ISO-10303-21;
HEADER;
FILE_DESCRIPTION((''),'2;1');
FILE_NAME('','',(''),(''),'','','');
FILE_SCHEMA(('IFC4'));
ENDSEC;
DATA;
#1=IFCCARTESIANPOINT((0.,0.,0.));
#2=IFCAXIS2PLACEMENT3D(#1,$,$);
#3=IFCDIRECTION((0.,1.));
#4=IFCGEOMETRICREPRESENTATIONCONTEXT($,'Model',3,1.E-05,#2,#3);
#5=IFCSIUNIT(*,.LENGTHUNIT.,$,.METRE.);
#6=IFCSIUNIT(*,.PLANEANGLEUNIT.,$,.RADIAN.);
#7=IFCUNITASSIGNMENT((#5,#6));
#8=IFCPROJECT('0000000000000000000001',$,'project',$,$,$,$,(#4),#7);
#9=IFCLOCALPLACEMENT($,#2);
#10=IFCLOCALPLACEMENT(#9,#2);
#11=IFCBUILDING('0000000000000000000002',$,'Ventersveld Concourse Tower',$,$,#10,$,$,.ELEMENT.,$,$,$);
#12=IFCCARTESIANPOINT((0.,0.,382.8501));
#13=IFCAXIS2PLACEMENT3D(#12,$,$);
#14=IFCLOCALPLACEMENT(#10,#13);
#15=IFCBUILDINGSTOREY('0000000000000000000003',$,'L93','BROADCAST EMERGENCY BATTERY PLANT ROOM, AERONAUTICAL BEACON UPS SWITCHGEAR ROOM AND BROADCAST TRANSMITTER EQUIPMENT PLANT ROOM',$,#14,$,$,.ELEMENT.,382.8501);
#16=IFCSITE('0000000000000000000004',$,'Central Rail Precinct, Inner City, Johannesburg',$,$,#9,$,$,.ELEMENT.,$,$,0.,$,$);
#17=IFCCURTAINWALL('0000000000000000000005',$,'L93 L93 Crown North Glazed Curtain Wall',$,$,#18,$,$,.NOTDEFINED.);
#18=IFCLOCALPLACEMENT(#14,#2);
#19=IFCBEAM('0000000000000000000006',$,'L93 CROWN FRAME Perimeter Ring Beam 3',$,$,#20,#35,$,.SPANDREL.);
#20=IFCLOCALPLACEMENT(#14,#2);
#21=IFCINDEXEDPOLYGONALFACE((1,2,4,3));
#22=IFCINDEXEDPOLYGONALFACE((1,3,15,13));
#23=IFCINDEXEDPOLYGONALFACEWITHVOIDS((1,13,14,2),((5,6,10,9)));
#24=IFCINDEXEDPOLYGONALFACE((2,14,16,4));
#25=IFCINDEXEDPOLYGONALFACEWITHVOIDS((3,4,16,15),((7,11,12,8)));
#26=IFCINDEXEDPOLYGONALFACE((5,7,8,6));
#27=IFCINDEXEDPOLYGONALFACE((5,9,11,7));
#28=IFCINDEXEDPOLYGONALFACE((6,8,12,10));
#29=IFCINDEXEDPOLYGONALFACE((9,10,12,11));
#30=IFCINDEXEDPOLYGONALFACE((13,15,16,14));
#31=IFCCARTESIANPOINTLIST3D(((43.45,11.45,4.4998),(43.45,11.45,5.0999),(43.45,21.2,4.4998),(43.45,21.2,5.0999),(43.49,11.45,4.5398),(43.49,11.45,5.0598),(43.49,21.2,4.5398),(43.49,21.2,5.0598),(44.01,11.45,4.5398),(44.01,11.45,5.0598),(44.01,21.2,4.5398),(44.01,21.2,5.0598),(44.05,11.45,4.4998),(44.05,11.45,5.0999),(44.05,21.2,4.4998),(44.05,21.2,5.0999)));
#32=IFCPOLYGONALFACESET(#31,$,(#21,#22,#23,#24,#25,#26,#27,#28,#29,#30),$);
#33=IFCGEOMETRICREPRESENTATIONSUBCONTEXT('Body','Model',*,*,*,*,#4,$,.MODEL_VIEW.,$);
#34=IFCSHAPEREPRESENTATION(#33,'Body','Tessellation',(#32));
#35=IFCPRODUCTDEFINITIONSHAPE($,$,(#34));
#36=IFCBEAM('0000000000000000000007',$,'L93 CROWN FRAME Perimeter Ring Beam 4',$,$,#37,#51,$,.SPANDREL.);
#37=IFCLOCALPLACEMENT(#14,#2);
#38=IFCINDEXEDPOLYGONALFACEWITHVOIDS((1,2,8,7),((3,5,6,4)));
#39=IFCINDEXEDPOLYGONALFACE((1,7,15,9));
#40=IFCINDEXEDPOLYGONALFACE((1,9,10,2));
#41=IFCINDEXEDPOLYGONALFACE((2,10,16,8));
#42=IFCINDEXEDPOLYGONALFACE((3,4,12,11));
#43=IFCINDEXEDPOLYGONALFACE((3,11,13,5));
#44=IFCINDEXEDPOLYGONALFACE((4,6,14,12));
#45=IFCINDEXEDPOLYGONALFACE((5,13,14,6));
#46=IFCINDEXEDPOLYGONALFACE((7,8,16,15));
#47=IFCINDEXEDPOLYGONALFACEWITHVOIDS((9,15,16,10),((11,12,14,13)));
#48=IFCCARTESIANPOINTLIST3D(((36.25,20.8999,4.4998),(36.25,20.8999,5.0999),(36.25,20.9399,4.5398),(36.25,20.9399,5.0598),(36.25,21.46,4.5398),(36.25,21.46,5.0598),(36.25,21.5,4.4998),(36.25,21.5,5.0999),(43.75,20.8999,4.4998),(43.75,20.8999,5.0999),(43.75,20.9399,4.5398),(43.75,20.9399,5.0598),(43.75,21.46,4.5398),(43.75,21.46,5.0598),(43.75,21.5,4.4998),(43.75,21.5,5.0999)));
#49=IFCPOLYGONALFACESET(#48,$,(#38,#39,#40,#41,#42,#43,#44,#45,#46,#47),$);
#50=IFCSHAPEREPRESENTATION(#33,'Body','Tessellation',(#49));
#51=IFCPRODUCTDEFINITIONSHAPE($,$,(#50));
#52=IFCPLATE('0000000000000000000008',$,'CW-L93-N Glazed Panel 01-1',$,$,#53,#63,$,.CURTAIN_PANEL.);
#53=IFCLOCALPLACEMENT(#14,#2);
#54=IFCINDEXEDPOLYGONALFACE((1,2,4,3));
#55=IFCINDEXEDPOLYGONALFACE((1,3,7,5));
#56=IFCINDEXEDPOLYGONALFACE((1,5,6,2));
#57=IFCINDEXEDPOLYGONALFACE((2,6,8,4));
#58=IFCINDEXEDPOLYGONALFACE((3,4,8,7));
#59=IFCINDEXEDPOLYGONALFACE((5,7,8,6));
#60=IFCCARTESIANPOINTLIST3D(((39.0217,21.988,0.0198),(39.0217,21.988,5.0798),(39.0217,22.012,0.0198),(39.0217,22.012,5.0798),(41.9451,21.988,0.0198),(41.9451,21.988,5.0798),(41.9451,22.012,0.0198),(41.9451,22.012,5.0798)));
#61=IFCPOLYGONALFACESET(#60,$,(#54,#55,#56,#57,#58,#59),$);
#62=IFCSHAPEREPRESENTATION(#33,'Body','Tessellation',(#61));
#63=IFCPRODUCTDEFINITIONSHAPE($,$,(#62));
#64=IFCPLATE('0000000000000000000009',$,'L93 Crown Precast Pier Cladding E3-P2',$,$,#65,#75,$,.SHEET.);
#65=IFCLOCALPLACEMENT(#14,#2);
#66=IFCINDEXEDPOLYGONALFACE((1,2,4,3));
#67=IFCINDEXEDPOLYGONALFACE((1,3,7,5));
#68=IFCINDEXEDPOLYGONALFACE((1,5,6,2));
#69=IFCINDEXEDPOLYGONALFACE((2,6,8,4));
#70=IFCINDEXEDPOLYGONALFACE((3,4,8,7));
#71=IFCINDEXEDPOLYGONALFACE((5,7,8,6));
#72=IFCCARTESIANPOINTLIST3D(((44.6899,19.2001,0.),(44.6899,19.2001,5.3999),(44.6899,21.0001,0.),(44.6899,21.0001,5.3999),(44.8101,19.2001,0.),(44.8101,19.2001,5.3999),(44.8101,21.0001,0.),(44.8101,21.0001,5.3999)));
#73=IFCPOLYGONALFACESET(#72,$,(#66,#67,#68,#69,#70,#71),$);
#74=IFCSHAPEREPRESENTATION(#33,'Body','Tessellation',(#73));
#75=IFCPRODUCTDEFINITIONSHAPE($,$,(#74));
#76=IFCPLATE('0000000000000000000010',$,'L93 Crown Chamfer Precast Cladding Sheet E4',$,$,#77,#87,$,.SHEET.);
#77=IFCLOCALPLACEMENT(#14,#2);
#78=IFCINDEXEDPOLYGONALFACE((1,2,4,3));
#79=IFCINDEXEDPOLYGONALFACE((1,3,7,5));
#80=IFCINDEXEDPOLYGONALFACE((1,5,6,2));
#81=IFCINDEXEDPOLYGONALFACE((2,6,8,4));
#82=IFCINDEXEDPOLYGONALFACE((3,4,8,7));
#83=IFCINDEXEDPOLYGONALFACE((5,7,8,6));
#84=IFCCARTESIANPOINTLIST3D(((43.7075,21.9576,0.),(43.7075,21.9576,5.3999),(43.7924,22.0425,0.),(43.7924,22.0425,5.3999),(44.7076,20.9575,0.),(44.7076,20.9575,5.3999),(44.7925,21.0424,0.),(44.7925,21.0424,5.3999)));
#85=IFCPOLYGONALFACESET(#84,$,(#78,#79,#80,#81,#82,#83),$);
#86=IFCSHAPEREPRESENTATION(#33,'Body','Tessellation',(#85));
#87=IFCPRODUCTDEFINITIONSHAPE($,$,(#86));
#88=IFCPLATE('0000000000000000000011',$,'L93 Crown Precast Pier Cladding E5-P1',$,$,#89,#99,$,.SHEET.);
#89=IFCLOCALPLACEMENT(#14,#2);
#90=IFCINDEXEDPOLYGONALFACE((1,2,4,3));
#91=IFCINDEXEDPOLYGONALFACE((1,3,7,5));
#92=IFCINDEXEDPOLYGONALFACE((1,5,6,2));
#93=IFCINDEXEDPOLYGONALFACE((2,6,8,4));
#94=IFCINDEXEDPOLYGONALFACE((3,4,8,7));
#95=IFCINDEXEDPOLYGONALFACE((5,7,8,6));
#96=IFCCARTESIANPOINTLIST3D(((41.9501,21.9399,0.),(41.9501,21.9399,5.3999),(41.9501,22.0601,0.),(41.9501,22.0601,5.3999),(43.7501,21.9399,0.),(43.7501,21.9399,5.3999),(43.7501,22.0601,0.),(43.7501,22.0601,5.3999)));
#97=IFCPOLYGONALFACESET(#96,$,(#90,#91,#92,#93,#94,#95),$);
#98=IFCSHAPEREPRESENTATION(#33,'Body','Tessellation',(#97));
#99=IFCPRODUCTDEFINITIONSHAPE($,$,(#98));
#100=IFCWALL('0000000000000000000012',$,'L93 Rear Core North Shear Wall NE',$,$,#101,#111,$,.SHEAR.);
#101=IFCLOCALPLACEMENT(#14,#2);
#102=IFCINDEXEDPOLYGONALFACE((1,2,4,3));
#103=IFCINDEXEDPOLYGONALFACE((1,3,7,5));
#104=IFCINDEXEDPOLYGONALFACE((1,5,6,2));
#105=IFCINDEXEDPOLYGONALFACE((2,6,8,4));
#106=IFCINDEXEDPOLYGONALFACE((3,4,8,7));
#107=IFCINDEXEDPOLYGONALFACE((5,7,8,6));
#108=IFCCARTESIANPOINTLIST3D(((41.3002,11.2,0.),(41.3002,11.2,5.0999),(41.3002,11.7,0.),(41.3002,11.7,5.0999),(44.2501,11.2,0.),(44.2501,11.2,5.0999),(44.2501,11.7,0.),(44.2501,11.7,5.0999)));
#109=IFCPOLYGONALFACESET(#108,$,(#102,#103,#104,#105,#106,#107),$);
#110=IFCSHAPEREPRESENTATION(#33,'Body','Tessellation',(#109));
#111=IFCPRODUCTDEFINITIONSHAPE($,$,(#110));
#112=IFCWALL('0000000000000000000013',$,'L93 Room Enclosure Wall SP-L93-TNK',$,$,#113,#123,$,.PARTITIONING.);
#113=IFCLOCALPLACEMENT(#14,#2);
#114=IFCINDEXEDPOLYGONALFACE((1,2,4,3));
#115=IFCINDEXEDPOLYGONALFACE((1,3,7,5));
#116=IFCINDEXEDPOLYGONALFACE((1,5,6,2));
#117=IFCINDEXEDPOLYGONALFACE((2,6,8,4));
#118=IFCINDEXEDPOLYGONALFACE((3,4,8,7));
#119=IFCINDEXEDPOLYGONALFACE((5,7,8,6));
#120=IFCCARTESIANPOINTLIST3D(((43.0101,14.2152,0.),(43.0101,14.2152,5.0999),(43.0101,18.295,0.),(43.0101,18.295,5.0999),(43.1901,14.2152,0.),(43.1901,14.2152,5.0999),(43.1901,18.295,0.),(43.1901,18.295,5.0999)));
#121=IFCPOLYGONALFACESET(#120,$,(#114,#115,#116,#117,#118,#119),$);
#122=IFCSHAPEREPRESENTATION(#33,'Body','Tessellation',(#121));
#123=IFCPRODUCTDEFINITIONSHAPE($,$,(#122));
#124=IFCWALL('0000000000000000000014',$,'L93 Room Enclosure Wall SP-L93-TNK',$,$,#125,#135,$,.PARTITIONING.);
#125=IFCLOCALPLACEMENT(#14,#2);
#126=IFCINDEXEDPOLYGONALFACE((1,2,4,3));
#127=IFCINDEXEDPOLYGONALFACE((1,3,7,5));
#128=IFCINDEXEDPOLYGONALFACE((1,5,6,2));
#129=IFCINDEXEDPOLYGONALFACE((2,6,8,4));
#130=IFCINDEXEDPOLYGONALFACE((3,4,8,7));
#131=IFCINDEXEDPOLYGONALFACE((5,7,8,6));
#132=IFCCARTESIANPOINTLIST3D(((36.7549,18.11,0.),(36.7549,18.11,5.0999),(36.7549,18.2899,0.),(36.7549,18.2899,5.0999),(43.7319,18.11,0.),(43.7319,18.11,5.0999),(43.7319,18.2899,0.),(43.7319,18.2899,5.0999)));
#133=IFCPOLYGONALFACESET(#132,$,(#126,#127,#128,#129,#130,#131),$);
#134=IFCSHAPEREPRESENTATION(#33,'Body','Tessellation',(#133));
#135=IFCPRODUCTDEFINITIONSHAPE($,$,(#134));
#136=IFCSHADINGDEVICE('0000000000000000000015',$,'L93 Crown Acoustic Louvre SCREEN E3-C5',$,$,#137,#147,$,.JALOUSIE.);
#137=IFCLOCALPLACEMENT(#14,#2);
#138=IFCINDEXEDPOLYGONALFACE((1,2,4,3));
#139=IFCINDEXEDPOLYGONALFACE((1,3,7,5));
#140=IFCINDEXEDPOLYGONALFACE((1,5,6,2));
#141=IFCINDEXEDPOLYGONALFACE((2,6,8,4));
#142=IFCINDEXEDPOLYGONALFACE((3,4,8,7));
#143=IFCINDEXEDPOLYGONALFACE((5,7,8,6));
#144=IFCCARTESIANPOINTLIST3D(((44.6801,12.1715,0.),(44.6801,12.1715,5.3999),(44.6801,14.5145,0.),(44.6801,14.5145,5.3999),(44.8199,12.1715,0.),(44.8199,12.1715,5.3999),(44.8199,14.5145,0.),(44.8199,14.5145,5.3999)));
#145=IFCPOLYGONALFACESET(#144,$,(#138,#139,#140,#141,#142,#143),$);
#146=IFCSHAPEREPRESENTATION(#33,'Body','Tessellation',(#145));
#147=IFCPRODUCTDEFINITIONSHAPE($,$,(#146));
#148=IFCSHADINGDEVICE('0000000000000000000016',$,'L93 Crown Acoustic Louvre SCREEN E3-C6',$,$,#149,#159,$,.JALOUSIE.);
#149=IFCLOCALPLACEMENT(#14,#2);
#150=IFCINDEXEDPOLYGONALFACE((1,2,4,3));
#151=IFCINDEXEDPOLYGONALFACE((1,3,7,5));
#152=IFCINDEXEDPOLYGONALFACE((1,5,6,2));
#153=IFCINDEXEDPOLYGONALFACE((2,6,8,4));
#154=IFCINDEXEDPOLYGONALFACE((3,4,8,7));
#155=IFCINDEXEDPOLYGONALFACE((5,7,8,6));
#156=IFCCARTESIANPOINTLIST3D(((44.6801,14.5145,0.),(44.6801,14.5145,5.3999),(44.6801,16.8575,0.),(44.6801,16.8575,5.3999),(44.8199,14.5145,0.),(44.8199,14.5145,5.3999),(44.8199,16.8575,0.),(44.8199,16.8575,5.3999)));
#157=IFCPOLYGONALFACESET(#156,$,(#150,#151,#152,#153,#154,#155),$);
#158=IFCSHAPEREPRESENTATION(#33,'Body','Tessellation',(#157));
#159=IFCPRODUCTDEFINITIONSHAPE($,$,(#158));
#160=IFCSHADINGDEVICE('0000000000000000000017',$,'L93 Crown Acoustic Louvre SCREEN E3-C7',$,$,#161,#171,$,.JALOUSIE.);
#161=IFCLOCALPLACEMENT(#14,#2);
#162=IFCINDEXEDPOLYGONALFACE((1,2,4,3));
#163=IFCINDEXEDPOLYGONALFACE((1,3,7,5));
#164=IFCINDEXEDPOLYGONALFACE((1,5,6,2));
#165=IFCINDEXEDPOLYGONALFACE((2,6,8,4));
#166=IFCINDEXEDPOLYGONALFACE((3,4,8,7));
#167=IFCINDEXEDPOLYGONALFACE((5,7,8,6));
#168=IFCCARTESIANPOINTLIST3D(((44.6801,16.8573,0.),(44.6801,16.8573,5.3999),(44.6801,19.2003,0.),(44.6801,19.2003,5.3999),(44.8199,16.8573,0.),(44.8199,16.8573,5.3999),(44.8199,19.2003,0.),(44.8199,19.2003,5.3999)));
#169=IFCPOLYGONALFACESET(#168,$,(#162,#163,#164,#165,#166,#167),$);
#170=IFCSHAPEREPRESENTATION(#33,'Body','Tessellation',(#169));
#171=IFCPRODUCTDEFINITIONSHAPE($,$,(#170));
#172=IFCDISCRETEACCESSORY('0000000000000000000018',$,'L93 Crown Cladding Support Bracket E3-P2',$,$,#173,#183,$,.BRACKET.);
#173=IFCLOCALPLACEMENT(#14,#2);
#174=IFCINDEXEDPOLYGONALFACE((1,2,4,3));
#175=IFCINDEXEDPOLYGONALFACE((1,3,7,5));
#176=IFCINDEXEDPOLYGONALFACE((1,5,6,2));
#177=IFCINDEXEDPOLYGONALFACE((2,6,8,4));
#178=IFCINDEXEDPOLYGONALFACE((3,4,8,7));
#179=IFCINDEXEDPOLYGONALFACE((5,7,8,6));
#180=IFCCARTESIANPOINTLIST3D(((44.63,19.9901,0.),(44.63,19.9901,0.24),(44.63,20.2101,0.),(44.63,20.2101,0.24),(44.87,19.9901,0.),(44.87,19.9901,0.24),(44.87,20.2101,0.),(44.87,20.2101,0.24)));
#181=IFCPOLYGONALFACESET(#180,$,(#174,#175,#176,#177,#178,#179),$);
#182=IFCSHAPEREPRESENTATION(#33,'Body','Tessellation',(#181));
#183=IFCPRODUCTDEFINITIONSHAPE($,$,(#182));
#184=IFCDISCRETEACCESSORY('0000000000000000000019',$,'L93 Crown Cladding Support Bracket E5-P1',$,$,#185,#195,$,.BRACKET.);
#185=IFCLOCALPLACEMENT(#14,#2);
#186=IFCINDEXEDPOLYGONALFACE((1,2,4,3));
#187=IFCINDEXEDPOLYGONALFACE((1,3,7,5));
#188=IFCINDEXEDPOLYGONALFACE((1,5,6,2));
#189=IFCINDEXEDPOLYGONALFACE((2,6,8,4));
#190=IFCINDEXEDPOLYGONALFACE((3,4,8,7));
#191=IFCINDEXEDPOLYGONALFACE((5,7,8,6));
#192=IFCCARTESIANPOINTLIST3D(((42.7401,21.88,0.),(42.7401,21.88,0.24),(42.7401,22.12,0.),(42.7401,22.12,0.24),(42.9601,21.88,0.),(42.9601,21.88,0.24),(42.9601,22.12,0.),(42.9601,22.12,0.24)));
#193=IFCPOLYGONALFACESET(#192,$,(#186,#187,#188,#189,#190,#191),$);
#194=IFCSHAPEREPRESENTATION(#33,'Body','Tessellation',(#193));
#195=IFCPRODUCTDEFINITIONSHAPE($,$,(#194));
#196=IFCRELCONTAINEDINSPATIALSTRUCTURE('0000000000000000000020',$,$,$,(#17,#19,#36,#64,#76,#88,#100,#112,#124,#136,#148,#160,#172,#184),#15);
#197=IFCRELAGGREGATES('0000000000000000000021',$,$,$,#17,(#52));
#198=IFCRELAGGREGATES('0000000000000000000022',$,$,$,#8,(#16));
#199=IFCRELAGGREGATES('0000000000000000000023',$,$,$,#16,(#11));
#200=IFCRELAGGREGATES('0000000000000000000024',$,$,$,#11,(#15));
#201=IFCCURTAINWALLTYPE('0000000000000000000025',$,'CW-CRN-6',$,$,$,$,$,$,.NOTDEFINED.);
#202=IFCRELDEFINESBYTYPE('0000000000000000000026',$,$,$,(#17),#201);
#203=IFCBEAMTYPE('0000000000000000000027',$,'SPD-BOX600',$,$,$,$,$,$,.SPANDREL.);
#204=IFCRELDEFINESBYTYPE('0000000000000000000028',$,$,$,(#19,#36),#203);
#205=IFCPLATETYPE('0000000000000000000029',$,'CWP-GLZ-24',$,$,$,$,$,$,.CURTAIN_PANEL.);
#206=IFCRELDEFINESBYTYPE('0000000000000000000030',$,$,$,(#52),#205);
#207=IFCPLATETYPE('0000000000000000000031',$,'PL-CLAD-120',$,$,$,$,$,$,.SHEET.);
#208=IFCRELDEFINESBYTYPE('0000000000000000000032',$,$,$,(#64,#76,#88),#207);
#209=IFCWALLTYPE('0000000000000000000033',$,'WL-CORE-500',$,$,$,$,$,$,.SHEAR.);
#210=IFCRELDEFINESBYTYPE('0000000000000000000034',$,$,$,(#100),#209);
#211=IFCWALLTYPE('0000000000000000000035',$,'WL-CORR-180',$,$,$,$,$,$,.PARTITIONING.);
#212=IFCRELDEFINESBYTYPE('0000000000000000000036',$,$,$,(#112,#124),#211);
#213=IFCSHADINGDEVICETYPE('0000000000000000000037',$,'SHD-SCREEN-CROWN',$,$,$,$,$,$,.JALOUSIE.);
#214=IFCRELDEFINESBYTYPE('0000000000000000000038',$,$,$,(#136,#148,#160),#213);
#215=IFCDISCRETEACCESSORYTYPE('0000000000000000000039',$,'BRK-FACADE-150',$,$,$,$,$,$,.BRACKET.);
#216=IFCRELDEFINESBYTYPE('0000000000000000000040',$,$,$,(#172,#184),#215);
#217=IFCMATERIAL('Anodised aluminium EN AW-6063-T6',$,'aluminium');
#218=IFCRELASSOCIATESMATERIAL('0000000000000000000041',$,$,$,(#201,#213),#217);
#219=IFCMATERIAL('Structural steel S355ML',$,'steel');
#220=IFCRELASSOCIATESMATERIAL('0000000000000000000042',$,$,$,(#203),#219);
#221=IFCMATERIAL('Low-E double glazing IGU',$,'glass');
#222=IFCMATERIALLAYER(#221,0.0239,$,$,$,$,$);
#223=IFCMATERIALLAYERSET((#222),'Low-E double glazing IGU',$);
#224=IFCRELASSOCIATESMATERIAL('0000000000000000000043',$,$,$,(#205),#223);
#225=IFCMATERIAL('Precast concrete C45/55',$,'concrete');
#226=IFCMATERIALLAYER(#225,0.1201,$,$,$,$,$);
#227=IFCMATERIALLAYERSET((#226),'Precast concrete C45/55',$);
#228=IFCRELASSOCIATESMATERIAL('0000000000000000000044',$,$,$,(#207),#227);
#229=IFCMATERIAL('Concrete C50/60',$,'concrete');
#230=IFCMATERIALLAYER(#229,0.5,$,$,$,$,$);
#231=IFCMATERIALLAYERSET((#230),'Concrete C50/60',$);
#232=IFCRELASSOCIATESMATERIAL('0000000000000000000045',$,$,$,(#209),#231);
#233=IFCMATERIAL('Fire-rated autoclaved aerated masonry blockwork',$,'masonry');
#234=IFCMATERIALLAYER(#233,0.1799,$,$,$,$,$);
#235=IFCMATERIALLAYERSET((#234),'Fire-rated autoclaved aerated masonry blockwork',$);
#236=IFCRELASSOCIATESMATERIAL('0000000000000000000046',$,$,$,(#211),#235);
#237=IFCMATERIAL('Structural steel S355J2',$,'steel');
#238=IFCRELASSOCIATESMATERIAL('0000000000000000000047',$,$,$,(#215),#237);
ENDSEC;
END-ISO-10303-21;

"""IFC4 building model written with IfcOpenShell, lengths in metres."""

from ifc_helpers import new_model, si_unit, direction, frame, frame_2d, origin, origin_2d, place, context, subcontext, project, spatial, rectangle, hollow_rectangle, extrude, material, layer, layer_set, material_profile, profile_set, type_object, element, aggregate, save


model = new_model("IFC4")

# Units and contexts
model_context = context("Model", 3, precision=1e-05, world=origin(), true_north=direction((0.0, 1.0)))
body_context = subcontext(model_context, "Body", "Model", "MODEL_VIEW")
ifc_project = project(units=[si_unit("LENGTHUNIT", "METRE"), si_unit("PLANEANGLEUNIT", "RADIAN")], contexts=[model_context])

# Site, building, storey
site_placement = place(None, origin())
site = spatial("IfcSite", under=ifc_project, at=site_placement, Name="Central Rail Precinct, Inner City, Johannesburg", CompositionType="ELEMENT", RefElevation=0.0)
building_placement = place(site_placement, origin())
building = spatial("IfcBuilding", under=site, at=building_placement, Name="Ventersveld Concourse Tower", CompositionType="ELEMENT")
storey_placement = place(building_placement, frame((0.0, 0.0, 382.8501)))
storey = spatial("IfcBuildingStorey", under=building, at=storey_placement, Name="L93", Description="BROADCAST EMERGENCY BATTERY PLANT ROOM, AERONAUTICAL BEACON UPS SWITCHGEAR ROOM AND BROADCAST TRANSMITTER EQUIPMENT PLANT ROOM", CompositionType="ELEMENT", Elevation=382.8501)

# Shared definitions
ifc_material_1 = material(Name="Structural steel S355ML", Category="steel")

# Curtain wall
ifc_material_2 = material(Name="Anodised aluminium EN AW-6063-T6", Category="aluminium")
curtain_wall_type = type_object("IfcCurtainWallType", Name="CW-CRN-6", PredefinedType="NOTDEFINED", material=ifc_material_2)
curtain_wall_placement = place(storey_placement, origin())
curtain_wall = element("IfcCurtainWall", 1, at=curtain_wall_placement, inside=storey, type_object=curtain_wall_type, Name="L93 L93 Crown North Glazed Curtain Wall", PredefinedType="NOTDEFINED")

# Beams
ifc_material_profile_1 = material_profile(ifc_material_1, hollow_rectangle(XDim=0.6001, YDim=0.6001, WallThickness=0.04, at=origin_2d()), Name="BOX 600x600x40")
ifc_profile_set_1 = profile_set([ifc_material_profile_1], Name="Structural steel S355ML")
beam_type = type_object("IfcBeamType", Name="SPD-BOX600", PredefinedType="SPANDREL", material=ifc_profile_set_1)
beam_1_placement = place(storey_placement, frame((43.75, 11.45, 4.7998), z_axis=(0.0, 1.0, 0.0), x_axis=(-1.0, 0.0, 0.0)))
element("IfcBeam", 2, at=beam_1_placement, inside=storey, type_object=beam_type, Name="L93 CROWN FRAME Perimeter Ring Beam 3", PredefinedType="SPANDREL", context=body_context, shape_type="SweptSolid", body=[
    extrude(hollow_rectangle(XDim=0.6001, YDim=0.6001, WallThickness=0.04, at=origin_2d()), origin(), (0.0, 0.0, 1.0), 9.75),
])
beam_2_placement = place(storey_placement, frame((43.75, 21.2, 4.7998), z_axis=(-1.0, 0.0, 0.0), x_axis=(0.0, -1.0, 0.0)))
element("IfcBeam", 3, at=beam_2_placement, inside=storey, type_object=beam_type, Name="L93 CROWN FRAME Perimeter Ring Beam 4", PredefinedType="SPANDREL", context=body_context, shape_type="SweptSolid", body=[
    extrude(hollow_rectangle(XDim=0.6001, YDim=0.6001, WallThickness=0.04, at=origin_2d()), origin(), (0.0, 0.0, 1.0), 7.5),
])

# Plate
ifc_material_3 = material(Name="Low-E double glazing IGU", Category="glass")
ifc_layer_1 = layer(ifc_material_3, 0.0239)
ifc_layer_set_1 = layer_set([ifc_layer_1], Name="Low-E double glazing IGU")
plate_type_1 = type_object("IfcPlateType", Name="CWP-GLZ-24", PredefinedType="CURTAIN_PANEL", material=ifc_layer_set_1)
plate_1_placement = place(storey_placement, frame((40.4834, 22.0, 0.0198), z_axis=(0.0, 0.0, 1.0), x_axis=(-1.0, 0.0, 0.0)))
plate_1 = element("IfcPlate", 4, at=plate_1_placement, type_object=plate_type_1, Name="CW-L93-N Glazed Panel 01-1", PredefinedType="CURTAIN_PANEL", context=body_context, shape_type="SweptSolid", body=[
    extrude(rectangle(XDim=2.9233, YDim=0.0239, at=origin_2d()), origin(), (0.0, 0.0, 1.0), 5.0601),
])
aggregate(curtain_wall, [plate_1])

# Plates
ifc_material_4 = material(Name="Precast concrete C45/55", Category="concrete")
ifc_layer_2 = layer(ifc_material_4, 0.1201)
ifc_layer_set_2 = layer_set([ifc_layer_2], Name="Precast concrete C45/55")
plate_type_2 = type_object("IfcPlateType", Name="PL-CLAD-120", PredefinedType="SHEET", material=ifc_layer_set_2)
plate_2_placement = place(storey_placement, frame((44.75, 20.1001, 0.0), z_axis=(0.0, 0.0, 1.0), x_axis=(0.0, 1.0, 0.0)))
element("IfcPlate", 5, at=plate_2_placement, inside=storey, type_object=plate_type_2, Name="L93 Crown Precast Pier Cladding E3-P2", PredefinedType="SHEET", context=body_context, shape_type="SweptSolid", body=[
    extrude(rectangle(XDim=1.8, YDim=0.1201, at=origin_2d()), origin(), (0.0, 0.0, 1.0), 5.3999),
])
plate_3_placement = place(storey_placement, frame((44.25, 21.5, 0.0), z_axis=(0.0, 0.0, 1.0), x_axis=(-0.707107, 0.707107, 0.0)))
element("IfcPlate", 6, at=plate_3_placement, inside=storey, type_object=plate_type_2, Name="L93 Crown Chamfer Precast Cladding Sheet E4", PredefinedType="SHEET", context=body_context, shape_type="SweptSolid", body=[
    extrude(rectangle(XDim=1.4143, YDim=0.1201, at=origin_2d()), origin(), (0.0, 0.0, 1.0), 5.3999),
])
plate_4_placement = place(storey_placement, frame((42.8501, 22.0, 0.0), z_axis=(0.0, 0.0, 1.0), x_axis=(-1.0, 0.0, 0.0)))
element("IfcPlate", 7, at=plate_4_placement, inside=storey, type_object=plate_type_2, Name="L93 Crown Precast Pier Cladding E5-P1", PredefinedType="SHEET", context=body_context, shape_type="SweptSolid", body=[
    extrude(rectangle(XDim=1.8, YDim=0.1201, at=origin_2d()), origin(), (0.0, 0.0, 1.0), 5.3999),
])

# Walls
ifc_material_5 = material(Name="Concrete C50/60", Category="concrete")
ifc_layer_3 = layer(ifc_material_5, 0.5)
ifc_layer_set_3 = layer_set([ifc_layer_3], Name="Concrete C50/60")
wall_type_1 = type_object("IfcWallType", Name="WL-CORE-500", PredefinedType="SHEAR", material=ifc_layer_set_3)
wall_1_placement = place(storey_placement, frame((41.3, 11.45, 0.0), z_axis=(0.0, 0.0, 1.0), x_axis=(1.0, 0.0, 0.0)))
element("IfcWall", 8, at=wall_1_placement, inside=storey, type_object=wall_type_1, Name="L93 Rear Core North Shear Wall NE", PredefinedType="SHEAR", context=body_context, shape_type="SweptSolid", body=[
    extrude(rectangle(XDim=2.95, YDim=0.5, at=frame_2d((1.4751, 0.0))), origin(), (0.0, 0.0, 1.0), 5.0999),
])
ifc_material_6 = material(Name="Fire-rated autoclaved aerated masonry blockwork", Category="masonry")
ifc_layer_4 = layer(ifc_material_6, 0.1799)
ifc_layer_set_4 = layer_set([ifc_layer_4], Name="Fire-rated autoclaved aerated masonry blockwork")
wall_type_2 = type_object("IfcWallType", Name="WL-CORR-180", PredefinedType="PARTITIONING", material=ifc_layer_set_4)
wall_2_placement = place(storey_placement, frame((43.1001, 14.2151, 0.0), z_axis=(0.0, 0.0, 1.0), x_axis=(0.0, 1.0, 0.0)))
element("IfcWall", 9, at=wall_2_placement, inside=storey, type_object=wall_type_2, Name="L93 Room Enclosure Wall SP-L93-TNK", PredefinedType="PARTITIONING", context=body_context, shape_type="SweptSolid", body=[
    extrude(rectangle(XDim=4.0798, YDim=0.1799, at=frame_2d((2.04, 0.0))), origin(), (0.0, 0.0, 1.0), 5.0999),
])
wall_3_placement = place(storey_placement, frame((43.7319, 18.2, 0.0), z_axis=(0.0, 0.0, 1.0), x_axis=(-1.0, 0.0, 0.0)))
element("IfcWall", 10, at=wall_3_placement, inside=storey, type_object=wall_type_2, Name="L93 Room Enclosure Wall SP-L93-TNK", PredefinedType="PARTITIONING", context=body_context, shape_type="SweptSolid", body=[
    extrude(rectangle(XDim=6.9771, YDim=0.1799, at=frame_2d((3.4885, 0.0))), origin(), (0.0, 0.0, 1.0), 5.0999),
])

# Shading devices
shading_device_type = type_object("IfcShadingDeviceType", Name="SHD-SCREEN-CROWN", PredefinedType="JALOUSIE", material=ifc_material_2)
for number, where, z_axis, x_axis, name in (
    (11, (44.75, 13.343, 0.0), (0.0, 0.0, 1.0), (0.0, 1.0, 0.0), "L93 Crown Acoustic Louvre SCREEN E3-C5"),
    (12, (44.75, 15.686, 0.0), (0.0, 0.0, 1.0), (0.0, 1.0, 0.0), "L93 Crown Acoustic Louvre SCREEN E3-C6"),
    (13, (44.75, 18.0288, 0.0), (0.0, 0.0, 1.0), (0.0, 1.0, 0.0), "L93 Crown Acoustic Louvre SCREEN E3-C7"),
):
    element("IfcShadingDevice", number, at=place(storey_placement, frame(where, z_axis=z_axis, x_axis=x_axis)), inside=storey, type_object=shading_device_type, Name=name, PredefinedType="JALOUSIE", context=body_context, shape_type="SweptSolid", body=[
        extrude(rectangle(XDim=2.343, YDim=0.1399, at=origin_2d()), origin(), (0.0, 0.0, 1.0), 5.3999),
    ])

# Discrete accessories
ifc_material_7 = material(Name="Structural steel S355J2", Category="steel")
discrete_accessory_type_1 = type_object("IfcDiscreteAccessoryType", Name="BRK-FACADE-150", PredefinedType="BRACKET", material=ifc_material_7)
for number, where, z_axis, x_axis, name in (
    (14, (44.75, 20.1001, 0.0), (0.0, 0.0, 1.0), (0.0, 1.0, 0.0), "L93 Crown Cladding Support Bracket E3-P2"),
    (15, (42.8501, 22.0, 0.0), (0.0, 0.0, 1.0), (-1.0, 0.0, 0.0), "L93 Crown Cladding Support Bracket E5-P1"),
):
    element("IfcDiscreteAccessory", number, at=place(storey_placement, frame(where, z_axis=z_axis, x_axis=x_axis)), inside=storey, type_object=discrete_accessory_type_1, Name=name, PredefinedType="BRACKET", context=body_context, shape_type="SweptSolid", body=[
        extrude(rectangle(XDim=0.22, YDim=0.24, at=origin_2d()), origin(), (0.0, 0.0, 1.0), 0.24),
    ])

save(model, "model.ifc")
